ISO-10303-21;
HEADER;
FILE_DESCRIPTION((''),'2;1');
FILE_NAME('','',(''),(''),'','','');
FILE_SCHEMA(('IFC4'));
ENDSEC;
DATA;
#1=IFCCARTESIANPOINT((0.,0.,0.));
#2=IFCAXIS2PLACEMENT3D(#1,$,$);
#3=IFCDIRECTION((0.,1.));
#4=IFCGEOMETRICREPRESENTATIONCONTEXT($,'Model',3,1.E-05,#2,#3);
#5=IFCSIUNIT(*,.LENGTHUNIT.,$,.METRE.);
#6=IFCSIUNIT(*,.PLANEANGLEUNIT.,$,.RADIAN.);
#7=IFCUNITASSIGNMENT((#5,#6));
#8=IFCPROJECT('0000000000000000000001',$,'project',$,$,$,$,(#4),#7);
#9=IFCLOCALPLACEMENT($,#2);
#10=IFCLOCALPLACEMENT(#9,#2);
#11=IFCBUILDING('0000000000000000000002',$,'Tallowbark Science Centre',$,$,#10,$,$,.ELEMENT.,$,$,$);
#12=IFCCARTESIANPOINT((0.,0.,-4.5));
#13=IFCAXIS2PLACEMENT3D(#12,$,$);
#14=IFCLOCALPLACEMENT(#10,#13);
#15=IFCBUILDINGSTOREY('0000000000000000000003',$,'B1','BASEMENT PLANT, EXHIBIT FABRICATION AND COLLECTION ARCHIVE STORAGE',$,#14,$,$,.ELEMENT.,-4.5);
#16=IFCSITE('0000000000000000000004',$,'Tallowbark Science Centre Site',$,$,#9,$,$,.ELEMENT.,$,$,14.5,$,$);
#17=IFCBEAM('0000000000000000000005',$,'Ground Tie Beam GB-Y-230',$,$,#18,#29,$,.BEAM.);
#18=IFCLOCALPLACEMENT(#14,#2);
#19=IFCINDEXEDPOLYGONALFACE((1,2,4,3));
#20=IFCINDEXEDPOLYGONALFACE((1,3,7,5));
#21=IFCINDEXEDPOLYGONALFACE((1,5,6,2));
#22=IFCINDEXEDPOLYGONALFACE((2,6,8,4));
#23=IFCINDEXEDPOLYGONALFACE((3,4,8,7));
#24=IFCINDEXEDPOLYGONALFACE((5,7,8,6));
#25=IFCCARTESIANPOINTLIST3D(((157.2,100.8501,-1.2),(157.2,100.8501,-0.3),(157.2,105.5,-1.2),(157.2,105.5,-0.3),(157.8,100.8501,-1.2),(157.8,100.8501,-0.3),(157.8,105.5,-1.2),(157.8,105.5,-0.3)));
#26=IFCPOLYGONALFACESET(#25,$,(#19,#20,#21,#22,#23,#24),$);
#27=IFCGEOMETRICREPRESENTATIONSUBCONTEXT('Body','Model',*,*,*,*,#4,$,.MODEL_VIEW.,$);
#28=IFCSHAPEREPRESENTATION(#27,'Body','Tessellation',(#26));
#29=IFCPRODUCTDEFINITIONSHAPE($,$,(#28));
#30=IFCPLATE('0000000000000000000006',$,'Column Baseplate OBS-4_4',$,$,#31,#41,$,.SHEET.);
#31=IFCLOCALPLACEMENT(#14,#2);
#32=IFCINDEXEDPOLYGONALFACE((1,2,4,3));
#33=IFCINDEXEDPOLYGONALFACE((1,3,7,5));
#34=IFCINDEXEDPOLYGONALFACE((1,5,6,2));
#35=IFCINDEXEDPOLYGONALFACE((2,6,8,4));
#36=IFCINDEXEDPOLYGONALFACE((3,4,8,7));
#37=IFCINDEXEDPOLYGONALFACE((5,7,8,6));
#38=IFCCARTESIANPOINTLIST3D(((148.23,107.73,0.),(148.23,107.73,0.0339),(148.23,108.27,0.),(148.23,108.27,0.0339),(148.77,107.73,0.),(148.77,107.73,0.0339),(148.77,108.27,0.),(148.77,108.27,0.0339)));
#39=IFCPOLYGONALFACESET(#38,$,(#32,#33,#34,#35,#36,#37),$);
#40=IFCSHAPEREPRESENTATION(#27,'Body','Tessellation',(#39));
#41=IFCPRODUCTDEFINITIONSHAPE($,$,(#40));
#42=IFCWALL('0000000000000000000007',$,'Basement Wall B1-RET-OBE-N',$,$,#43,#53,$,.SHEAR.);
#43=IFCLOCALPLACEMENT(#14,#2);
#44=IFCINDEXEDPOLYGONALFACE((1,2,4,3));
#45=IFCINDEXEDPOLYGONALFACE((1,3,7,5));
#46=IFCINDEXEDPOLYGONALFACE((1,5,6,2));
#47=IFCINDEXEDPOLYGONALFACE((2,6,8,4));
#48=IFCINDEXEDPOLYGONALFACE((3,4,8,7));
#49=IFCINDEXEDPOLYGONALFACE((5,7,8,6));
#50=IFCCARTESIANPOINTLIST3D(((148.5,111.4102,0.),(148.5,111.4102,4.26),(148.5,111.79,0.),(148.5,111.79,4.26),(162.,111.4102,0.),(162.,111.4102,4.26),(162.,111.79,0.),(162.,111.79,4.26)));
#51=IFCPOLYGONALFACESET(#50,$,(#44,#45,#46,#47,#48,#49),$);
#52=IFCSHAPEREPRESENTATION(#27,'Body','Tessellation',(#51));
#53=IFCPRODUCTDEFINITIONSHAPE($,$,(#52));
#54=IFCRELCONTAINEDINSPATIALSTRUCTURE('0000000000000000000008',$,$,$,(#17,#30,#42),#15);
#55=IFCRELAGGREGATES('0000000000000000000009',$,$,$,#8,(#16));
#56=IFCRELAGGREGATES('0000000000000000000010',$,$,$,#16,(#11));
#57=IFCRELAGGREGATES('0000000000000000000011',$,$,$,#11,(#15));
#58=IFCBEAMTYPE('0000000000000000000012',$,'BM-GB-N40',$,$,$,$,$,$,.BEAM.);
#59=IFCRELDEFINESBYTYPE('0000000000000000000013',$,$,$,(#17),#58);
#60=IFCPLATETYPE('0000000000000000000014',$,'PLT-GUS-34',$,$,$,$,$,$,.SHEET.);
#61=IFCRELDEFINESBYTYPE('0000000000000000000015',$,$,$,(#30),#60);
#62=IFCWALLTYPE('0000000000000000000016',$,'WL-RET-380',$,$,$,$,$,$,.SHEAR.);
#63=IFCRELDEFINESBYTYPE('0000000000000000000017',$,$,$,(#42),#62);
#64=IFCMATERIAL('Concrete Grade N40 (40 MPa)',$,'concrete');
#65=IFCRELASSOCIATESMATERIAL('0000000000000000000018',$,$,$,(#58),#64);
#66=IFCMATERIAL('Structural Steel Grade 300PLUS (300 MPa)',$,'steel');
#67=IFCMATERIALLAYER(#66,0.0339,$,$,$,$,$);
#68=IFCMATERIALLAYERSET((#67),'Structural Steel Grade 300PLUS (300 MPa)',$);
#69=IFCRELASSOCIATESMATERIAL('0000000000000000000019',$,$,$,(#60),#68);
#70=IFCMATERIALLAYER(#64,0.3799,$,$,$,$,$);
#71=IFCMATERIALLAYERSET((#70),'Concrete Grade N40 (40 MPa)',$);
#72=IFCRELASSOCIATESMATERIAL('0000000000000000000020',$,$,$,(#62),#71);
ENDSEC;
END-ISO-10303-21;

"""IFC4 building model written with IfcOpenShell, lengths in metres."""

from ifc_helpers import new_model, si_unit, direction, frame, frame_2d, origin, origin_2d, place, context, subcontext, project, spatial, rectangle, extrude, material, layer, layer_set, material_profile, profile_set, type_object, element, save


model = new_model("IFC4")

# Units and contexts
model_context = context("Model", 3, precision=1e-05, world=origin(), true_north=direction((0.0, 1.0)))
body_context = subcontext(model_context, "Body", "Model", "MODEL_VIEW")
ifc_project = project(units=[si_unit("LENGTHUNIT", "METRE"), si_unit("PLANEANGLEUNIT", "RADIAN")], contexts=[model_context])

# Site, building, storey
site_placement = place(None, origin())
site = spatial("IfcSite", under=ifc_project, at=site_placement, Name="Tallowbark Science Centre Site", CompositionType="ELEMENT", RefElevation=14.5)
building_placement = place(site_placement, origin())
building = spatial("IfcBuilding", under=site, at=building_placement, Name="Tallowbark Science Centre", CompositionType="ELEMENT")
storey_placement = place(building_placement, frame((0.0, 0.0, -4.5)))
storey = spatial("IfcBuildingStorey", under=building, at=storey_placement, Name="B1", Description="BASEMENT PLANT, EXHIBIT FABRICATION AND COLLECTION ARCHIVE STORAGE", CompositionType="ELEMENT", Elevation=-4.5)

# Shared definitions
ifc_material_1 = material(Name="Concrete Grade N40 (40 MPa)", Category="concrete")

# Shared definitions
ifc_material_2 = material(Name="Structural Steel Grade 300PLUS (300 MPa)", Category="steel")

# Beam
ifc_material_profile_1 = material_profile(ifc_material_1, rectangle(XDim=0.6001, YDim=0.8999, at=origin_2d()), Name="RC600x900")
ifc_profile_set_1 = profile_set([ifc_material_profile_1], Name="Concrete Grade N40 (40 MPa)")
beam_type = type_object("IfcBeamType", Name="BM-GB-N40", PredefinedType="BEAM", material=ifc_profile_set_1)
beam_1_placement = place(storey_placement, frame((157.5, 100.8501, -0.75), z_axis=(0.0, 1.0, 0.0), x_axis=(-1.0, 0.0, 0.0)))
element("IfcBeam", 1, at=beam_1_placement, inside=storey, type_object=beam_type, Name="Ground Tie Beam GB-Y-230", PredefinedType="BEAM", context=body_context, shape_type="SweptSolid", body=[
    extrude(rectangle(XDim=0.6001, YDim=0.8999, at=origin_2d()), origin(), (0.0, 0.0, 1.0), 4.6499),
])

# Plate
ifc_layer_1 = layer(ifc_material_2, 0.0339)
ifc_layer_set_1 = layer_set([ifc_layer_1], Name="Structural Steel Grade 300PLUS (300 MPa)")
plate_type = type_object("IfcPlateType", Name="PLT-GUS-34", PredefinedType="SHEET", material=ifc_layer_set_1)
plate_placement = place(storey_placement, frame((148.5, 108.0, 0.0), z_axis=(0.0, 0.0, 1.0), x_axis=(1.0, 0.0, 0.0)))
element("IfcPlate", 2, at=plate_placement, inside=storey, type_object=plate_type, Name="Column Baseplate OBS-4_4", PredefinedType="SHEET", context=body_context, shape_type="SweptSolid", body=[
    extrude(rectangle(XDim=0.54, YDim=0.54, at=origin_2d()), origin(), (0.0, 0.0, 1.0), 0.0339),
])

# Wall
ifc_layer_2 = layer(ifc_material_1, 0.3799)
ifc_layer_set_2 = layer_set([ifc_layer_2], Name="Concrete Grade N40 (40 MPa)")
wall_type = type_object("IfcWallType", Name="WL-RET-380", PredefinedType="SHEAR", material=ifc_layer_set_2)
wall_placement = place(storey_placement, frame((148.5, 111.6001, 0.0), z_axis=(0.0, 0.0, 1.0), x_axis=(1.0, 0.0, 0.0)))
element("IfcWall", 3, at=wall_placement, inside=storey, type_object=wall_type, Name="Basement Wall B1-RET-OBE-N", PredefinedType="SHEAR", context=body_context, shape_type="SweptSolid", body=[
    extrude(rectangle(XDim=13.5, YDim=0.3799, at=frame_2d((6.75, 0.0))), origin(), (0.0, 0.0, 1.0), 4.26),
])

save(model, "model.ifc")
